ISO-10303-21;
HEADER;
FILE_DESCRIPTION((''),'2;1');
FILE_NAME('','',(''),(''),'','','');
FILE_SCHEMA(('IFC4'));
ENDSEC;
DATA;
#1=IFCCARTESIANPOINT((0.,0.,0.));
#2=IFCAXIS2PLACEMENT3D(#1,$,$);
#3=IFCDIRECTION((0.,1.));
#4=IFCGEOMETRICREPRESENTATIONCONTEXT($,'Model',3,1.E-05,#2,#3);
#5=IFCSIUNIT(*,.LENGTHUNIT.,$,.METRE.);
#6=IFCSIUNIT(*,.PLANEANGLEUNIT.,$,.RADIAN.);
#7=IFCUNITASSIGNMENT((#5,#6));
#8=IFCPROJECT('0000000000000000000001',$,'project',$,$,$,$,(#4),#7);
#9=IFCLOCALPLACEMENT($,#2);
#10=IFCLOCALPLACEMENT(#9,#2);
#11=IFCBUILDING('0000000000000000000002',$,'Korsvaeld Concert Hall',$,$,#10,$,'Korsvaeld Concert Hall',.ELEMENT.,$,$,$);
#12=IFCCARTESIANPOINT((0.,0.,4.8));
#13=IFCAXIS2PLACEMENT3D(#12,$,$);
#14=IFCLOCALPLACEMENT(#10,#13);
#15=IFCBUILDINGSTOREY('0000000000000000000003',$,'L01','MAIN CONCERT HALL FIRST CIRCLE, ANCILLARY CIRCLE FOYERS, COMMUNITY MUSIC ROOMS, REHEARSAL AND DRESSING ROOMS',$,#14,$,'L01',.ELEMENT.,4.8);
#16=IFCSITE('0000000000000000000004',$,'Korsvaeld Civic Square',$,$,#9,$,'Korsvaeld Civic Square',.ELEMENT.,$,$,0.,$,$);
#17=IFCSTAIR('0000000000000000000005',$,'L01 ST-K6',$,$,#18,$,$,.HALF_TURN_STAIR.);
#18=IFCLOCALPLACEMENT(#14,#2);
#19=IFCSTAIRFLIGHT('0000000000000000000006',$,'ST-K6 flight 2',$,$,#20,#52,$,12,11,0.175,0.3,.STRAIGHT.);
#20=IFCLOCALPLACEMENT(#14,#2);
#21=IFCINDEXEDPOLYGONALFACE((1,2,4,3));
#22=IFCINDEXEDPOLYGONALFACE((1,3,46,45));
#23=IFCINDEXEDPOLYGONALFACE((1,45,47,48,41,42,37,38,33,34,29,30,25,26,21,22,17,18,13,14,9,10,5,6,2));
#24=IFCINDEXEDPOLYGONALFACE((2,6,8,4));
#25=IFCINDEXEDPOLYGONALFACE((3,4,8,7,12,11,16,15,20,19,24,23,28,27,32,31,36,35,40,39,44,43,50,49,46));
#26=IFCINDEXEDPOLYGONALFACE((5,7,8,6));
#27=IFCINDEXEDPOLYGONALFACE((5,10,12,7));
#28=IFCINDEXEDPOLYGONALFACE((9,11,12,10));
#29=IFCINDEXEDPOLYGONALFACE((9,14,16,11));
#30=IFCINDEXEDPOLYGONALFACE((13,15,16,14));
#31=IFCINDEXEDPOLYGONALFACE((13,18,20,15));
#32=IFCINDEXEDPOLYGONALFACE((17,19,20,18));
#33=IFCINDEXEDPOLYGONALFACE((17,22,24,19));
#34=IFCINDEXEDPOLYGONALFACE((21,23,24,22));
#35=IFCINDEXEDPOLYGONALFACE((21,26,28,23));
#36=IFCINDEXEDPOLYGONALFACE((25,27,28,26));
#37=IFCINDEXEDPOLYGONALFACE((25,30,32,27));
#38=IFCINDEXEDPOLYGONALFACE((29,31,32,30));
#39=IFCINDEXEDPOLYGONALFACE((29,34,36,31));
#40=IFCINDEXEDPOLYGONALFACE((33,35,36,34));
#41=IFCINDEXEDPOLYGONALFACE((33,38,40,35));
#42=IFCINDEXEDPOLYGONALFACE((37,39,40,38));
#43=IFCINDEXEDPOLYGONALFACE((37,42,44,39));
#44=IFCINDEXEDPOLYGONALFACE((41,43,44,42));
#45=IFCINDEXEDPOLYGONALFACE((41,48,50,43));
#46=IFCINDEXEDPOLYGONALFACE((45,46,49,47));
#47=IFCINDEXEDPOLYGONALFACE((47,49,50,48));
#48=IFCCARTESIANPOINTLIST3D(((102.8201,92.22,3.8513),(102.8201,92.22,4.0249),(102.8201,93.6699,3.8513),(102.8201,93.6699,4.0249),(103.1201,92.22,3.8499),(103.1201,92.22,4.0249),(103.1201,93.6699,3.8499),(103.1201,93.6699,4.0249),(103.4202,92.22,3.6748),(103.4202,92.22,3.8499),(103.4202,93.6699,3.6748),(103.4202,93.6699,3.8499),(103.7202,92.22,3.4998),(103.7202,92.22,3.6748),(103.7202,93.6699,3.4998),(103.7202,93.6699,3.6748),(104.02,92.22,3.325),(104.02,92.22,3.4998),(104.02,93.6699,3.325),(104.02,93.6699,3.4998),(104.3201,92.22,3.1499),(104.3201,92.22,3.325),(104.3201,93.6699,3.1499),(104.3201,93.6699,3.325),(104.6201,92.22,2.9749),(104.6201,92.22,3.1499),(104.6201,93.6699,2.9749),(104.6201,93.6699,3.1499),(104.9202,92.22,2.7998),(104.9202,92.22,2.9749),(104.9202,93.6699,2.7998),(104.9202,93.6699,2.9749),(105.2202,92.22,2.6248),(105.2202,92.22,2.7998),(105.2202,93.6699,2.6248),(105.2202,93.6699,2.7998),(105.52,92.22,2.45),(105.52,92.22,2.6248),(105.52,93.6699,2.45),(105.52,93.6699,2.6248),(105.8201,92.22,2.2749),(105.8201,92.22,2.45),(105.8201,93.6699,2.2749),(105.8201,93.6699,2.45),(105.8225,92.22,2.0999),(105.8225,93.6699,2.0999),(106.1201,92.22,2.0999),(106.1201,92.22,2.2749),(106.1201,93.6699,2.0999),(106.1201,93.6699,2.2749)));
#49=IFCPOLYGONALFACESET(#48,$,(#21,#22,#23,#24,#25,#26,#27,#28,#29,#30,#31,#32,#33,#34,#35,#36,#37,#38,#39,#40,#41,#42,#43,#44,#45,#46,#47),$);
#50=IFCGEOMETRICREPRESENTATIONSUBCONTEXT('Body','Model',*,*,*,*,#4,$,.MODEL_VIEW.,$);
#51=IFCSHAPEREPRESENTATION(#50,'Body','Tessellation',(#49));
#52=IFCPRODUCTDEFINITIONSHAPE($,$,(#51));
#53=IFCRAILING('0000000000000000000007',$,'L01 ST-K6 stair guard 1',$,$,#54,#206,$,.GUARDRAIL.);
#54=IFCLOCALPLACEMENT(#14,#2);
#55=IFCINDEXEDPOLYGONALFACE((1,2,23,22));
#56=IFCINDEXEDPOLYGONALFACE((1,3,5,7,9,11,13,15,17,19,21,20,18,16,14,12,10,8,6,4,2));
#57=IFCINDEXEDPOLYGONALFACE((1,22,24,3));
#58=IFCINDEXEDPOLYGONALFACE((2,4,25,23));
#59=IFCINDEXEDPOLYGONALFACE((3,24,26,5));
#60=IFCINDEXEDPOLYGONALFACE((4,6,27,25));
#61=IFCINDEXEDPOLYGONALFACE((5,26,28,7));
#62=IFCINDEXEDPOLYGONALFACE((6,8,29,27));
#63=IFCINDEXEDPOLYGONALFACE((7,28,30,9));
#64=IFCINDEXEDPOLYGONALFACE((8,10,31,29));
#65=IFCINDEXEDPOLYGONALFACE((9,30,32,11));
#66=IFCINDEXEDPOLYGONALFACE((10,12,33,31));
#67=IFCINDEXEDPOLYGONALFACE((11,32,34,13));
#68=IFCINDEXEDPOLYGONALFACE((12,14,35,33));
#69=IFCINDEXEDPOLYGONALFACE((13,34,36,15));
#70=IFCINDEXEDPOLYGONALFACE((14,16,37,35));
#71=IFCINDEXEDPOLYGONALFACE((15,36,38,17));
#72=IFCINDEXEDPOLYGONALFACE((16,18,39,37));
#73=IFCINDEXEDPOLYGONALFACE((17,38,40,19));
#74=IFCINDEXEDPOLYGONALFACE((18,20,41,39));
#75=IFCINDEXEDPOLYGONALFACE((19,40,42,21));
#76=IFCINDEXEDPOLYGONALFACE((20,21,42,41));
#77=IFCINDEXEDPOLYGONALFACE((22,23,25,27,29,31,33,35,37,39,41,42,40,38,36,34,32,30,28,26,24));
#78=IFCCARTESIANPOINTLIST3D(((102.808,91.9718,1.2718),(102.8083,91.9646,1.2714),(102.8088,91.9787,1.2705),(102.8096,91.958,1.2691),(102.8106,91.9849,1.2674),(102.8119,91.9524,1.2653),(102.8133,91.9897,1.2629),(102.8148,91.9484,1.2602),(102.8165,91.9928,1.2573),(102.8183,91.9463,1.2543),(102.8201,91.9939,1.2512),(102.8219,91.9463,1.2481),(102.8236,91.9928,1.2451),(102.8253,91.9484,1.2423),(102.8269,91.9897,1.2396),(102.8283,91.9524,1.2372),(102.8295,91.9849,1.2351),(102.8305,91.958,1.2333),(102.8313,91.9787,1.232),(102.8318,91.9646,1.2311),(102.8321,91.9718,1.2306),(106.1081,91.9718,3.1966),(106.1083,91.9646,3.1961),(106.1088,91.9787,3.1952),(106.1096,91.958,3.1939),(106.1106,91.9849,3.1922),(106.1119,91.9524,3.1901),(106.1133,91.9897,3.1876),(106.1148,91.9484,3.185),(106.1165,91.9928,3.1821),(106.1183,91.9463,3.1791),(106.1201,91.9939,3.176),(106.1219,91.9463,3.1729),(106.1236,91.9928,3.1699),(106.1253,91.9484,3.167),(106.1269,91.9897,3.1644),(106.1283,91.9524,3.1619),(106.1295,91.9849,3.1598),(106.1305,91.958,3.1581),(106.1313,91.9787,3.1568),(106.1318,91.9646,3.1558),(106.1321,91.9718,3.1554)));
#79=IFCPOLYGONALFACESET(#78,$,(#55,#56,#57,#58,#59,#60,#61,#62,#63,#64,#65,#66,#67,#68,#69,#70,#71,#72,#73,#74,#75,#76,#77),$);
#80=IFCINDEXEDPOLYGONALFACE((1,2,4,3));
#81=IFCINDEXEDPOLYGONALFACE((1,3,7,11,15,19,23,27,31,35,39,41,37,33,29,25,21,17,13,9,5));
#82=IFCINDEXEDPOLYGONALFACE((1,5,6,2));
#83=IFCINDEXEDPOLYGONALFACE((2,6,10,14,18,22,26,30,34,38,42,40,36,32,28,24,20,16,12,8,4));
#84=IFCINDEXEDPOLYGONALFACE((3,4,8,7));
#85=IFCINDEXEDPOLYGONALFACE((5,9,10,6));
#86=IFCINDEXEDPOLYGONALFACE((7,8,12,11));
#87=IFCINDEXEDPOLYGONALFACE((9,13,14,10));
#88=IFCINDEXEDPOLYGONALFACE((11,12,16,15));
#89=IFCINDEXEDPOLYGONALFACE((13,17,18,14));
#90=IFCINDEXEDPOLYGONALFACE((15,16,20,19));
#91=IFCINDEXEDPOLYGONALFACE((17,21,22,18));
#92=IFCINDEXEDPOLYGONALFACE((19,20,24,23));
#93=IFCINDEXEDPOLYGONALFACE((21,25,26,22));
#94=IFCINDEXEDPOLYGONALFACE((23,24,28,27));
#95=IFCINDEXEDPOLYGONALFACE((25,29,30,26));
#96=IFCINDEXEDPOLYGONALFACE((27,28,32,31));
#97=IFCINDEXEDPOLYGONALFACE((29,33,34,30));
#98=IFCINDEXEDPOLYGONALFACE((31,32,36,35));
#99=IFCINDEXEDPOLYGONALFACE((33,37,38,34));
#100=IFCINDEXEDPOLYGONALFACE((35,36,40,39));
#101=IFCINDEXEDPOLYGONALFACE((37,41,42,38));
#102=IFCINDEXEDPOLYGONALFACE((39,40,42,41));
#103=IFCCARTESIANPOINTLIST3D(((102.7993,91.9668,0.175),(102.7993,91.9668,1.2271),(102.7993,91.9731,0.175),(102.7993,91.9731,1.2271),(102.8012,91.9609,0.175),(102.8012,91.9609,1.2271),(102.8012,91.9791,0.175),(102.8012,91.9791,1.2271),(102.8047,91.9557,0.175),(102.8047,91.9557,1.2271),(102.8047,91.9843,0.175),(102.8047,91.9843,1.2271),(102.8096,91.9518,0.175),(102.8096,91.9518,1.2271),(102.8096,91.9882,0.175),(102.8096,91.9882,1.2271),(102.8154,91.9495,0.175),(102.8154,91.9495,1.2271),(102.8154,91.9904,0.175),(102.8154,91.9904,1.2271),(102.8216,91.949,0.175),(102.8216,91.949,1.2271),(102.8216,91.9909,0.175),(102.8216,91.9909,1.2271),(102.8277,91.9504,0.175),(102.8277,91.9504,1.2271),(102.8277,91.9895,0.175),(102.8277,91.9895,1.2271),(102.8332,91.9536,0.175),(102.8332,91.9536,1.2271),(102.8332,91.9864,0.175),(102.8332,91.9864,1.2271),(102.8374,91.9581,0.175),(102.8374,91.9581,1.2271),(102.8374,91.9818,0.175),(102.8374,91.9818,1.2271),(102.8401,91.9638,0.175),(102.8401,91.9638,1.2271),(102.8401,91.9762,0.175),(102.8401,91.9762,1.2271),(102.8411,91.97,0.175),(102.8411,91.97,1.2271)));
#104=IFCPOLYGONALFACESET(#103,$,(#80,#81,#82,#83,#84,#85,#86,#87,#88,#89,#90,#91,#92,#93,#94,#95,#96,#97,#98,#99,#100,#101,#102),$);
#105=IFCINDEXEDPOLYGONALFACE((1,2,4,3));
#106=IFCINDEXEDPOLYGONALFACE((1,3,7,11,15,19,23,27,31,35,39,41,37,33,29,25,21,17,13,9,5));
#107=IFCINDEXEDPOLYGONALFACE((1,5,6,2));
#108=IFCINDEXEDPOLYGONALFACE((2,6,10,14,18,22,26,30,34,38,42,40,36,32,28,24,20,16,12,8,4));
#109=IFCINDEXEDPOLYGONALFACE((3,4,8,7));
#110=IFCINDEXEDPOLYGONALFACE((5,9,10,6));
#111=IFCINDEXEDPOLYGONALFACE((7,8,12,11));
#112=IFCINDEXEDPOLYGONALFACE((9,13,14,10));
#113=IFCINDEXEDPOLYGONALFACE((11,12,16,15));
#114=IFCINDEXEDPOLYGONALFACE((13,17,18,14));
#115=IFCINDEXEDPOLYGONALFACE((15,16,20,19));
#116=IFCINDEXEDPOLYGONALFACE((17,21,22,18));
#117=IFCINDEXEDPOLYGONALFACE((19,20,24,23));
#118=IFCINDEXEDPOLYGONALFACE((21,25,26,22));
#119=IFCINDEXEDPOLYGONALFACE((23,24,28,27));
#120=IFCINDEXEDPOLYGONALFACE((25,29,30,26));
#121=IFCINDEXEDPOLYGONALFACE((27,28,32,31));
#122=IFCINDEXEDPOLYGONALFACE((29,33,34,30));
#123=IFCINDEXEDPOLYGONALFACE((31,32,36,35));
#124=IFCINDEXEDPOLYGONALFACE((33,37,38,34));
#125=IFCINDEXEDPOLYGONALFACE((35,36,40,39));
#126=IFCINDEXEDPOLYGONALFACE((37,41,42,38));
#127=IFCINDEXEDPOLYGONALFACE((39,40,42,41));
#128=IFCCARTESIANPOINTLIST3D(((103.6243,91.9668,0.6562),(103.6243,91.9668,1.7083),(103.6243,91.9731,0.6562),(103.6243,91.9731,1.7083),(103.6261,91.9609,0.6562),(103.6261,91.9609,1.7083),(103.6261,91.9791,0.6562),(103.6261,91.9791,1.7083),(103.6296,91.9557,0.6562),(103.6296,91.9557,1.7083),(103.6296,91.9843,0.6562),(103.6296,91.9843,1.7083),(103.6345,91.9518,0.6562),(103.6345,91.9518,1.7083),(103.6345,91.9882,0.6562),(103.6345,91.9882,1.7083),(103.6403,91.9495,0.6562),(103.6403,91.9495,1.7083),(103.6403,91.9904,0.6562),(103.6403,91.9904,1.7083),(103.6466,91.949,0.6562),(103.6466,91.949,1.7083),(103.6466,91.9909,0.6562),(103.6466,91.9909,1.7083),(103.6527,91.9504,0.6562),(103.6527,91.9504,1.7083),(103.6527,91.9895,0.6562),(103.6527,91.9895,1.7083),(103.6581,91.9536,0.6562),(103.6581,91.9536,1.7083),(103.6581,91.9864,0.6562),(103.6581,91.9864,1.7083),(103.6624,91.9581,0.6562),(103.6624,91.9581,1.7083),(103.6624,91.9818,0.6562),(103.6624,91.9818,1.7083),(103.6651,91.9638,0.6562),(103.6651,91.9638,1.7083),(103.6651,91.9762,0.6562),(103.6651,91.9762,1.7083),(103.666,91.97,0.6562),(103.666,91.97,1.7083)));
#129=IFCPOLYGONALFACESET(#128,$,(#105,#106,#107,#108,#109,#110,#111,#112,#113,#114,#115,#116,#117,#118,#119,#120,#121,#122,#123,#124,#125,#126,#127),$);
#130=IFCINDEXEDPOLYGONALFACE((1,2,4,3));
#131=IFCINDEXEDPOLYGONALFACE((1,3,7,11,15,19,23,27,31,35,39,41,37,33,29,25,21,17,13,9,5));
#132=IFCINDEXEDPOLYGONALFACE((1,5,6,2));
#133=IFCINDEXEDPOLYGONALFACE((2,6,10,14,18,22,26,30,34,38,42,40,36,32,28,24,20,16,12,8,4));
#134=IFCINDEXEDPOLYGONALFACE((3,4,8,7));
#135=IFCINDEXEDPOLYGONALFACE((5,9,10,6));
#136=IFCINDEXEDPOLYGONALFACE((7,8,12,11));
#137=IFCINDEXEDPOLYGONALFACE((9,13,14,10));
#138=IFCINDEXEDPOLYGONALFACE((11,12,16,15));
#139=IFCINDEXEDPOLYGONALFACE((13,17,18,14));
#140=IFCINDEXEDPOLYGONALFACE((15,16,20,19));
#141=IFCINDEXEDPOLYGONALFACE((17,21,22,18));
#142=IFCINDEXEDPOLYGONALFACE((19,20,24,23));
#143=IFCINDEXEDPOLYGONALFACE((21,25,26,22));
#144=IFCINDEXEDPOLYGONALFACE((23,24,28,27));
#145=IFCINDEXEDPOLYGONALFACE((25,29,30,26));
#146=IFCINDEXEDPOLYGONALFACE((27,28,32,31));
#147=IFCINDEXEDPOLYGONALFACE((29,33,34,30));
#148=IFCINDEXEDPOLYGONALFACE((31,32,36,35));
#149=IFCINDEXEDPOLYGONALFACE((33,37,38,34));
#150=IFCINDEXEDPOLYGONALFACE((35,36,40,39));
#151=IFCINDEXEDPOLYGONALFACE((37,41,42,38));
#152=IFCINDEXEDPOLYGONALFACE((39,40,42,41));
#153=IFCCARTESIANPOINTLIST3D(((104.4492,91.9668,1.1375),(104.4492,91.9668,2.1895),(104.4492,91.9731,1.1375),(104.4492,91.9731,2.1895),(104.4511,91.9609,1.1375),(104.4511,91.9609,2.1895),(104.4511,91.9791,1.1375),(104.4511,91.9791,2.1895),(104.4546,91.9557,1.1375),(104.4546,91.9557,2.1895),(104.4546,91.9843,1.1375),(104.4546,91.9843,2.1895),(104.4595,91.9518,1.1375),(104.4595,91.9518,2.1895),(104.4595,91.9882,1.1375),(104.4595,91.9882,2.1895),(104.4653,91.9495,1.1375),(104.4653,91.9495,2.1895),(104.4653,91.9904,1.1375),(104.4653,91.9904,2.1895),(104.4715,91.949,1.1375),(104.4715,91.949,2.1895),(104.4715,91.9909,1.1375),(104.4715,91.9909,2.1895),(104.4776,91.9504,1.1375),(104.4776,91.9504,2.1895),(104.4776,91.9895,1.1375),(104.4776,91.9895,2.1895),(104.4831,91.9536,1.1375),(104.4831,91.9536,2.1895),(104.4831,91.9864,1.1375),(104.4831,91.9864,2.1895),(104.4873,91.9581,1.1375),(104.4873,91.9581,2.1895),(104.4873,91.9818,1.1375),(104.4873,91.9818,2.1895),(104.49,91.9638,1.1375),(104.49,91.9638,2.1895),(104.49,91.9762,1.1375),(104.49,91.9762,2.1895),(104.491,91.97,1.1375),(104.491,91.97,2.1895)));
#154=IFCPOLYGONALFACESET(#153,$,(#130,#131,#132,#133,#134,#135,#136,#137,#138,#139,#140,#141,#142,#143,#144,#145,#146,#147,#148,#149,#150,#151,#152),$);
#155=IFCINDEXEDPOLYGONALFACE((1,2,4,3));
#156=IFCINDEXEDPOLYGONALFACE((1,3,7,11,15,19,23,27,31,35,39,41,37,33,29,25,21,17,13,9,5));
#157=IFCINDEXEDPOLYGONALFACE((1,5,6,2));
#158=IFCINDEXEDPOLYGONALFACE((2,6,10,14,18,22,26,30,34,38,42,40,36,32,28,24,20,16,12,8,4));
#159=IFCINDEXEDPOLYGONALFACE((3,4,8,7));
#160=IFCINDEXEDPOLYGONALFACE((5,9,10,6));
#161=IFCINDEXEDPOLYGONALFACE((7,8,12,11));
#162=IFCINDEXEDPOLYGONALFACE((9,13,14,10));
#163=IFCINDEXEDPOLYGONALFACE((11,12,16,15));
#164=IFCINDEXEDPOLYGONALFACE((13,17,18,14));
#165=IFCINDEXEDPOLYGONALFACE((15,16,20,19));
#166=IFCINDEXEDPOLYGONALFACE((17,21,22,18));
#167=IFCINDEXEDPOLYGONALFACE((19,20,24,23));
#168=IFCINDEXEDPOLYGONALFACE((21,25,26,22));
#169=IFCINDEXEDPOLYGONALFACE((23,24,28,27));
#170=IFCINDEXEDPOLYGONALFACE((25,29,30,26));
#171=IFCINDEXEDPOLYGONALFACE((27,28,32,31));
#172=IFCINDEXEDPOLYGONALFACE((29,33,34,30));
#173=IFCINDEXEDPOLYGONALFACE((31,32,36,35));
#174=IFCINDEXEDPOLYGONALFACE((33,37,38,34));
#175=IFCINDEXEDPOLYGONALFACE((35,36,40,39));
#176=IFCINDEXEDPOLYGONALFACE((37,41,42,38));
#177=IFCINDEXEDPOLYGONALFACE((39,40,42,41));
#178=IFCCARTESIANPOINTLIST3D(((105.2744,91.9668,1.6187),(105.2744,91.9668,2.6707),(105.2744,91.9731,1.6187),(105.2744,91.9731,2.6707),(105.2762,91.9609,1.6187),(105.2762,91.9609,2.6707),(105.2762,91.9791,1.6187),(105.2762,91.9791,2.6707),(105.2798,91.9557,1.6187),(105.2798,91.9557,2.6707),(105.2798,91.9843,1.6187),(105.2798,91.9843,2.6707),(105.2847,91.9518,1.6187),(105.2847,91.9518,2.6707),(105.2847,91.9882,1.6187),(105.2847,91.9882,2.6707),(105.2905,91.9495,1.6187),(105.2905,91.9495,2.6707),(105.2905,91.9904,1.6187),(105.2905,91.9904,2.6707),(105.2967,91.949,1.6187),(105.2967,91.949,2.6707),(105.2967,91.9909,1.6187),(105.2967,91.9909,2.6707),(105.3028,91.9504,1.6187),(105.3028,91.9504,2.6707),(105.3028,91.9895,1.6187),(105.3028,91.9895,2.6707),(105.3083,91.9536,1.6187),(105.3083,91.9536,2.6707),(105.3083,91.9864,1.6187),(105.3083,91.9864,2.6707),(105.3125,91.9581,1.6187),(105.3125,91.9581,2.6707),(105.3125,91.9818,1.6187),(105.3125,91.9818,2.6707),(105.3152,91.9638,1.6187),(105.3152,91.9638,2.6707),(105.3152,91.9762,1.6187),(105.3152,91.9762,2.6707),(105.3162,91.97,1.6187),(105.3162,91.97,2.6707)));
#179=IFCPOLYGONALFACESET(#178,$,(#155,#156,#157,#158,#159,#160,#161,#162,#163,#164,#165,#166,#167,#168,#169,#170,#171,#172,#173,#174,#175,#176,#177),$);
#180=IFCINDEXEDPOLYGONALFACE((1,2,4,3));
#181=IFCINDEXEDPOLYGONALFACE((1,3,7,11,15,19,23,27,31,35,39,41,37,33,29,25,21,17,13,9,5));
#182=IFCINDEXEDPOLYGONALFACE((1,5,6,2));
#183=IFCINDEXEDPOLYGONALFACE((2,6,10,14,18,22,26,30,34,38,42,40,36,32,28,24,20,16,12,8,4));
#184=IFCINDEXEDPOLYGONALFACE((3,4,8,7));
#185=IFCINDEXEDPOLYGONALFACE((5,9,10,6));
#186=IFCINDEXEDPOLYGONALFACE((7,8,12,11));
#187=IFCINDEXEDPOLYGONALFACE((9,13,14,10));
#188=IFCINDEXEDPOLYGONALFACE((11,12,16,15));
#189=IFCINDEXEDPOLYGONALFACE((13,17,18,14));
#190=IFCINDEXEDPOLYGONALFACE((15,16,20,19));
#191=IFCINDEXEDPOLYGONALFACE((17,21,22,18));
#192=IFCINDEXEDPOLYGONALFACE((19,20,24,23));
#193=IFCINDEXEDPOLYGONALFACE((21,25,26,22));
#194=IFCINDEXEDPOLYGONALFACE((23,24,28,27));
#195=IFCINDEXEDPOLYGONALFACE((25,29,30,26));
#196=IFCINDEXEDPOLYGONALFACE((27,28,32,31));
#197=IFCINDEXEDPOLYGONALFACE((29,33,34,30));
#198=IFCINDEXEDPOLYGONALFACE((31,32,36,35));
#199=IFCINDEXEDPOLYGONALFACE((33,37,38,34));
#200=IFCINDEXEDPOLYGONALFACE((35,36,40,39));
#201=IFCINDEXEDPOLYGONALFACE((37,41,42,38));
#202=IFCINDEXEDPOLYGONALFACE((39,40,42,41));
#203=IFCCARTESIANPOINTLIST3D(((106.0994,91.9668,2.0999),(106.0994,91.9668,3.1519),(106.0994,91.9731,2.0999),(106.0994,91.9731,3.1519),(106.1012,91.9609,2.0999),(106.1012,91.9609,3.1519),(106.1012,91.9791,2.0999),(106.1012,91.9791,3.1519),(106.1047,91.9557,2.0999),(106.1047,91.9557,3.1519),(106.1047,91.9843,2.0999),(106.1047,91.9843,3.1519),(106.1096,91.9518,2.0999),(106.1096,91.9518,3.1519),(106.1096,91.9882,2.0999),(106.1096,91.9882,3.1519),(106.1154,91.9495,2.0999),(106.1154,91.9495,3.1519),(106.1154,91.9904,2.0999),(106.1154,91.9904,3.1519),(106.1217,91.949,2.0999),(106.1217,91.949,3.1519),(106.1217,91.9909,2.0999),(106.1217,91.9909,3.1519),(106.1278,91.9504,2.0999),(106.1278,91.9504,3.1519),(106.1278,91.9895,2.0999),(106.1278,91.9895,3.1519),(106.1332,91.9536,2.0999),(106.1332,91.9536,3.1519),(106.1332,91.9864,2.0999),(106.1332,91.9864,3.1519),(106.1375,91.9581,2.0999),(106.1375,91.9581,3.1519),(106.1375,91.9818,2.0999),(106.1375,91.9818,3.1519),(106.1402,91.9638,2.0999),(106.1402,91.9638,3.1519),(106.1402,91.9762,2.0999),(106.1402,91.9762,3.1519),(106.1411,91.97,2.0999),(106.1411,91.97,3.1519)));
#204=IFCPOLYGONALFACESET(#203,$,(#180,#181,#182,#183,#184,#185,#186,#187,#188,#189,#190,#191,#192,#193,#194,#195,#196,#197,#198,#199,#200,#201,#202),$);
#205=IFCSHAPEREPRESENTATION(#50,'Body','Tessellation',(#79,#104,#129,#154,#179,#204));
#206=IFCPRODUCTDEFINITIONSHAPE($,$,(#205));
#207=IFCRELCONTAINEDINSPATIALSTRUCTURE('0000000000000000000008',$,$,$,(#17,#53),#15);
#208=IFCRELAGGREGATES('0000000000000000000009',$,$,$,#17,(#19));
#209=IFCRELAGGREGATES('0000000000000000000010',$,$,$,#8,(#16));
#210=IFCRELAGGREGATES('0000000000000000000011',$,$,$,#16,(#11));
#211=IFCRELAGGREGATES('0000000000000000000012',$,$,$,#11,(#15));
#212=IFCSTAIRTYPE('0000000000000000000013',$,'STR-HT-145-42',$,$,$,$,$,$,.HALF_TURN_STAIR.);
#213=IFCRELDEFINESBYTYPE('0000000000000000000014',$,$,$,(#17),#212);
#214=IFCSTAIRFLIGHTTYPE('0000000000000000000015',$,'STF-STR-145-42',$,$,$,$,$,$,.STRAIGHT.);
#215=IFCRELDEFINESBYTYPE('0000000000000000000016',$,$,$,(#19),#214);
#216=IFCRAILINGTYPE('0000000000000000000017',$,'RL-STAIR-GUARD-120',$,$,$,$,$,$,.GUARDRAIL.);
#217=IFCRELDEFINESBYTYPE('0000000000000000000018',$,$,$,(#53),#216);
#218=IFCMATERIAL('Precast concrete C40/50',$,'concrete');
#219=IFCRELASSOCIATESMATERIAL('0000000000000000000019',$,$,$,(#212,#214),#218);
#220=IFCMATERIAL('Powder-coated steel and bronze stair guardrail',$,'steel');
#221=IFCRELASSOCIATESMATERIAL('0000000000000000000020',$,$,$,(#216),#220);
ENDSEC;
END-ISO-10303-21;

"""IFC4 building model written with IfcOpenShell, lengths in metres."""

from ifc_helpers import new_model, si_unit, direction, frame, origin, origin_2d, place, context, subcontext, project, spatial, polyline, circle, outline, extrude, material, type_object, element, aggregate, save


model = new_model("IFC4")

# Units and contexts
model_context = context("Model", 3, precision=1e-05, world=origin(), true_north=direction((0.0, 1.0)))
body_context = subcontext(model_context, "Body", "Model", "MODEL_VIEW")
ifc_project = project(units=[si_unit("LENGTHUNIT", "METRE"), si_unit("PLANEANGLEUNIT", "RADIAN")], contexts=[model_context])

# Site, building, storey
site_placement = place(None, origin())
site = spatial("IfcSite", under=ifc_project, at=site_placement, Name="Korsvaeld Civic Square", LongName="Korsvaeld Civic Square", CompositionType="ELEMENT", RefElevation=0.0)
building_placement = place(site_placement, origin())
building = spatial("IfcBuilding", under=site, at=building_placement, Name="Korsvaeld Concert Hall", LongName="Korsvaeld Concert Hall", CompositionType="ELEMENT")
storey_placement = place(building_placement, frame((0.0, 0.0, 4.8)))
storey = spatial("IfcBuildingStorey", under=building, at=storey_placement, Name="L01", Description="MAIN CONCERT HALL FIRST CIRCLE, ANCILLARY CIRCLE FOYERS, COMMUNITY MUSIC ROOMS, REHEARSAL AND DRESSING ROOMS", LongName="L01", CompositionType="ELEMENT", Elevation=4.8)

# Stair, stair flight
ifc_material_1 = material(Name="Precast concrete C40/50", Category="concrete")
stair_type = type_object("IfcStairType", Name="STR-HT-145-42", PredefinedType="HALF_TURN_STAIR", material=ifc_material_1)
stair_placement = place(storey_placement, origin())
stair = element("IfcStair", 1, at=stair_placement, inside=storey, type_object=stair_type, Name="L01 ST-K6", PredefinedType="HALF_TURN_STAIR")
stair_flight_type = type_object("IfcStairFlightType", Name="STF-STR-145-42", PredefinedType="STRAIGHT", material=ifc_material_1)
stair_flight_1_placement = place(storey_placement, frame((106.1201, 92.9451, 2.0999), z_axis=(0.0, 0.0, 1.0), x_axis=(-1.0, 0.0, 0.0)))
stair_flight_1 = element("IfcStairFlight", 2, at=stair_flight_1_placement, type_object=stair_flight_type, Name="ST-K6 flight 2", NumberOfRisers=12, NumberOfTreads=11, PredefinedType="STRAIGHT", RiserHeight=0.175, TreadLength=0.3, context=body_context, shape_type="SweptSolid", body=[
    extrude(outline(polyline([(0.0, 0.0), (0.0, 0.175), (0.3, 0.175), (0.3, 0.3501), (0.6001, 0.3501), (0.6001, 0.5249), (0.8999, 0.5249), (0.8999, 0.7), (1.2, 0.7), (1.2, 0.875), (1.5, 0.875), (1.5, 1.05), (1.8, 1.05), (1.8, 1.2251), (2.1001, 1.2251), (2.1001, 1.3999), (2.3999, 1.3999), (2.3999, 1.575), (2.7, 1.575), (2.7, 1.75), (3.0, 1.75), (3.0, 1.925), (3.3, 1.925), (3.3, 2.1001), (3.3, 1.7515), (0.2976, 0.0), (0.0, 0.0)])), frame((0.0, 0.7251, 0.0), z_axis=(0.0, -1.0, 0.0), x_axis=(1.0, 0.0, 0.0)), (0.0, 0.0, 1.0), 1.45),
])
aggregate(stair, [stair_flight_1])

# Railing
ifc_material_2 = material(Name="Powder-coated steel and bronze stair guardrail", Category="steel")
railing_type_1 = type_object("IfcRailingType", Name="RL-STAIR-GUARD-120", PredefinedType="GUARDRAIL", material=ifc_material_2)
railing_1_placement = place(storey_placement, frame((102.8201, 91.97, 0.175)))
element("IfcRailing", 3, at=railing_1_placement, inside=storey, type_object=railing_type_1, Name="L01 ST-K6 stair guard 1", PredefinedType="GUARDRAIL", context=body_context, shape_type="SweptSolid", body=[
    extrude(circle(Radius=0.0239, at=origin_2d()), frame((0.0, 0.0, 1.0762), z_axis=(0.863804, 0.0, 0.503827), x_axis=(0.0, 1.0, 0.0)), (0.0, 0.0, 1.0), 3.8203),
    extrude(circle(Radius=0.021, at=origin_2d()), origin(), (0.0, 0.0, 1.0), 1.052),
    extrude(circle(Radius=0.021, at=origin_2d()), frame((0.825, 0.0, 0.4812)), (0.0, 0.0, 1.0), 1.052),
    extrude(circle(Radius=0.021, at=origin_2d()), frame((1.6499, 0.0, 0.9624)), (0.0, 0.0, 1.0), 1.052),
    extrude(circle(Radius=0.021, at=origin_2d()), frame((2.4751, 0.0, 1.4436)), (0.0, 0.0, 1.0), 1.052),
    extrude(circle(Radius=0.021, at=origin_2d()), frame((3.3, 0.0, 1.9248)), (0.0, 0.0, 1.0), 1.052),
])

save(model, "model.ifc")
